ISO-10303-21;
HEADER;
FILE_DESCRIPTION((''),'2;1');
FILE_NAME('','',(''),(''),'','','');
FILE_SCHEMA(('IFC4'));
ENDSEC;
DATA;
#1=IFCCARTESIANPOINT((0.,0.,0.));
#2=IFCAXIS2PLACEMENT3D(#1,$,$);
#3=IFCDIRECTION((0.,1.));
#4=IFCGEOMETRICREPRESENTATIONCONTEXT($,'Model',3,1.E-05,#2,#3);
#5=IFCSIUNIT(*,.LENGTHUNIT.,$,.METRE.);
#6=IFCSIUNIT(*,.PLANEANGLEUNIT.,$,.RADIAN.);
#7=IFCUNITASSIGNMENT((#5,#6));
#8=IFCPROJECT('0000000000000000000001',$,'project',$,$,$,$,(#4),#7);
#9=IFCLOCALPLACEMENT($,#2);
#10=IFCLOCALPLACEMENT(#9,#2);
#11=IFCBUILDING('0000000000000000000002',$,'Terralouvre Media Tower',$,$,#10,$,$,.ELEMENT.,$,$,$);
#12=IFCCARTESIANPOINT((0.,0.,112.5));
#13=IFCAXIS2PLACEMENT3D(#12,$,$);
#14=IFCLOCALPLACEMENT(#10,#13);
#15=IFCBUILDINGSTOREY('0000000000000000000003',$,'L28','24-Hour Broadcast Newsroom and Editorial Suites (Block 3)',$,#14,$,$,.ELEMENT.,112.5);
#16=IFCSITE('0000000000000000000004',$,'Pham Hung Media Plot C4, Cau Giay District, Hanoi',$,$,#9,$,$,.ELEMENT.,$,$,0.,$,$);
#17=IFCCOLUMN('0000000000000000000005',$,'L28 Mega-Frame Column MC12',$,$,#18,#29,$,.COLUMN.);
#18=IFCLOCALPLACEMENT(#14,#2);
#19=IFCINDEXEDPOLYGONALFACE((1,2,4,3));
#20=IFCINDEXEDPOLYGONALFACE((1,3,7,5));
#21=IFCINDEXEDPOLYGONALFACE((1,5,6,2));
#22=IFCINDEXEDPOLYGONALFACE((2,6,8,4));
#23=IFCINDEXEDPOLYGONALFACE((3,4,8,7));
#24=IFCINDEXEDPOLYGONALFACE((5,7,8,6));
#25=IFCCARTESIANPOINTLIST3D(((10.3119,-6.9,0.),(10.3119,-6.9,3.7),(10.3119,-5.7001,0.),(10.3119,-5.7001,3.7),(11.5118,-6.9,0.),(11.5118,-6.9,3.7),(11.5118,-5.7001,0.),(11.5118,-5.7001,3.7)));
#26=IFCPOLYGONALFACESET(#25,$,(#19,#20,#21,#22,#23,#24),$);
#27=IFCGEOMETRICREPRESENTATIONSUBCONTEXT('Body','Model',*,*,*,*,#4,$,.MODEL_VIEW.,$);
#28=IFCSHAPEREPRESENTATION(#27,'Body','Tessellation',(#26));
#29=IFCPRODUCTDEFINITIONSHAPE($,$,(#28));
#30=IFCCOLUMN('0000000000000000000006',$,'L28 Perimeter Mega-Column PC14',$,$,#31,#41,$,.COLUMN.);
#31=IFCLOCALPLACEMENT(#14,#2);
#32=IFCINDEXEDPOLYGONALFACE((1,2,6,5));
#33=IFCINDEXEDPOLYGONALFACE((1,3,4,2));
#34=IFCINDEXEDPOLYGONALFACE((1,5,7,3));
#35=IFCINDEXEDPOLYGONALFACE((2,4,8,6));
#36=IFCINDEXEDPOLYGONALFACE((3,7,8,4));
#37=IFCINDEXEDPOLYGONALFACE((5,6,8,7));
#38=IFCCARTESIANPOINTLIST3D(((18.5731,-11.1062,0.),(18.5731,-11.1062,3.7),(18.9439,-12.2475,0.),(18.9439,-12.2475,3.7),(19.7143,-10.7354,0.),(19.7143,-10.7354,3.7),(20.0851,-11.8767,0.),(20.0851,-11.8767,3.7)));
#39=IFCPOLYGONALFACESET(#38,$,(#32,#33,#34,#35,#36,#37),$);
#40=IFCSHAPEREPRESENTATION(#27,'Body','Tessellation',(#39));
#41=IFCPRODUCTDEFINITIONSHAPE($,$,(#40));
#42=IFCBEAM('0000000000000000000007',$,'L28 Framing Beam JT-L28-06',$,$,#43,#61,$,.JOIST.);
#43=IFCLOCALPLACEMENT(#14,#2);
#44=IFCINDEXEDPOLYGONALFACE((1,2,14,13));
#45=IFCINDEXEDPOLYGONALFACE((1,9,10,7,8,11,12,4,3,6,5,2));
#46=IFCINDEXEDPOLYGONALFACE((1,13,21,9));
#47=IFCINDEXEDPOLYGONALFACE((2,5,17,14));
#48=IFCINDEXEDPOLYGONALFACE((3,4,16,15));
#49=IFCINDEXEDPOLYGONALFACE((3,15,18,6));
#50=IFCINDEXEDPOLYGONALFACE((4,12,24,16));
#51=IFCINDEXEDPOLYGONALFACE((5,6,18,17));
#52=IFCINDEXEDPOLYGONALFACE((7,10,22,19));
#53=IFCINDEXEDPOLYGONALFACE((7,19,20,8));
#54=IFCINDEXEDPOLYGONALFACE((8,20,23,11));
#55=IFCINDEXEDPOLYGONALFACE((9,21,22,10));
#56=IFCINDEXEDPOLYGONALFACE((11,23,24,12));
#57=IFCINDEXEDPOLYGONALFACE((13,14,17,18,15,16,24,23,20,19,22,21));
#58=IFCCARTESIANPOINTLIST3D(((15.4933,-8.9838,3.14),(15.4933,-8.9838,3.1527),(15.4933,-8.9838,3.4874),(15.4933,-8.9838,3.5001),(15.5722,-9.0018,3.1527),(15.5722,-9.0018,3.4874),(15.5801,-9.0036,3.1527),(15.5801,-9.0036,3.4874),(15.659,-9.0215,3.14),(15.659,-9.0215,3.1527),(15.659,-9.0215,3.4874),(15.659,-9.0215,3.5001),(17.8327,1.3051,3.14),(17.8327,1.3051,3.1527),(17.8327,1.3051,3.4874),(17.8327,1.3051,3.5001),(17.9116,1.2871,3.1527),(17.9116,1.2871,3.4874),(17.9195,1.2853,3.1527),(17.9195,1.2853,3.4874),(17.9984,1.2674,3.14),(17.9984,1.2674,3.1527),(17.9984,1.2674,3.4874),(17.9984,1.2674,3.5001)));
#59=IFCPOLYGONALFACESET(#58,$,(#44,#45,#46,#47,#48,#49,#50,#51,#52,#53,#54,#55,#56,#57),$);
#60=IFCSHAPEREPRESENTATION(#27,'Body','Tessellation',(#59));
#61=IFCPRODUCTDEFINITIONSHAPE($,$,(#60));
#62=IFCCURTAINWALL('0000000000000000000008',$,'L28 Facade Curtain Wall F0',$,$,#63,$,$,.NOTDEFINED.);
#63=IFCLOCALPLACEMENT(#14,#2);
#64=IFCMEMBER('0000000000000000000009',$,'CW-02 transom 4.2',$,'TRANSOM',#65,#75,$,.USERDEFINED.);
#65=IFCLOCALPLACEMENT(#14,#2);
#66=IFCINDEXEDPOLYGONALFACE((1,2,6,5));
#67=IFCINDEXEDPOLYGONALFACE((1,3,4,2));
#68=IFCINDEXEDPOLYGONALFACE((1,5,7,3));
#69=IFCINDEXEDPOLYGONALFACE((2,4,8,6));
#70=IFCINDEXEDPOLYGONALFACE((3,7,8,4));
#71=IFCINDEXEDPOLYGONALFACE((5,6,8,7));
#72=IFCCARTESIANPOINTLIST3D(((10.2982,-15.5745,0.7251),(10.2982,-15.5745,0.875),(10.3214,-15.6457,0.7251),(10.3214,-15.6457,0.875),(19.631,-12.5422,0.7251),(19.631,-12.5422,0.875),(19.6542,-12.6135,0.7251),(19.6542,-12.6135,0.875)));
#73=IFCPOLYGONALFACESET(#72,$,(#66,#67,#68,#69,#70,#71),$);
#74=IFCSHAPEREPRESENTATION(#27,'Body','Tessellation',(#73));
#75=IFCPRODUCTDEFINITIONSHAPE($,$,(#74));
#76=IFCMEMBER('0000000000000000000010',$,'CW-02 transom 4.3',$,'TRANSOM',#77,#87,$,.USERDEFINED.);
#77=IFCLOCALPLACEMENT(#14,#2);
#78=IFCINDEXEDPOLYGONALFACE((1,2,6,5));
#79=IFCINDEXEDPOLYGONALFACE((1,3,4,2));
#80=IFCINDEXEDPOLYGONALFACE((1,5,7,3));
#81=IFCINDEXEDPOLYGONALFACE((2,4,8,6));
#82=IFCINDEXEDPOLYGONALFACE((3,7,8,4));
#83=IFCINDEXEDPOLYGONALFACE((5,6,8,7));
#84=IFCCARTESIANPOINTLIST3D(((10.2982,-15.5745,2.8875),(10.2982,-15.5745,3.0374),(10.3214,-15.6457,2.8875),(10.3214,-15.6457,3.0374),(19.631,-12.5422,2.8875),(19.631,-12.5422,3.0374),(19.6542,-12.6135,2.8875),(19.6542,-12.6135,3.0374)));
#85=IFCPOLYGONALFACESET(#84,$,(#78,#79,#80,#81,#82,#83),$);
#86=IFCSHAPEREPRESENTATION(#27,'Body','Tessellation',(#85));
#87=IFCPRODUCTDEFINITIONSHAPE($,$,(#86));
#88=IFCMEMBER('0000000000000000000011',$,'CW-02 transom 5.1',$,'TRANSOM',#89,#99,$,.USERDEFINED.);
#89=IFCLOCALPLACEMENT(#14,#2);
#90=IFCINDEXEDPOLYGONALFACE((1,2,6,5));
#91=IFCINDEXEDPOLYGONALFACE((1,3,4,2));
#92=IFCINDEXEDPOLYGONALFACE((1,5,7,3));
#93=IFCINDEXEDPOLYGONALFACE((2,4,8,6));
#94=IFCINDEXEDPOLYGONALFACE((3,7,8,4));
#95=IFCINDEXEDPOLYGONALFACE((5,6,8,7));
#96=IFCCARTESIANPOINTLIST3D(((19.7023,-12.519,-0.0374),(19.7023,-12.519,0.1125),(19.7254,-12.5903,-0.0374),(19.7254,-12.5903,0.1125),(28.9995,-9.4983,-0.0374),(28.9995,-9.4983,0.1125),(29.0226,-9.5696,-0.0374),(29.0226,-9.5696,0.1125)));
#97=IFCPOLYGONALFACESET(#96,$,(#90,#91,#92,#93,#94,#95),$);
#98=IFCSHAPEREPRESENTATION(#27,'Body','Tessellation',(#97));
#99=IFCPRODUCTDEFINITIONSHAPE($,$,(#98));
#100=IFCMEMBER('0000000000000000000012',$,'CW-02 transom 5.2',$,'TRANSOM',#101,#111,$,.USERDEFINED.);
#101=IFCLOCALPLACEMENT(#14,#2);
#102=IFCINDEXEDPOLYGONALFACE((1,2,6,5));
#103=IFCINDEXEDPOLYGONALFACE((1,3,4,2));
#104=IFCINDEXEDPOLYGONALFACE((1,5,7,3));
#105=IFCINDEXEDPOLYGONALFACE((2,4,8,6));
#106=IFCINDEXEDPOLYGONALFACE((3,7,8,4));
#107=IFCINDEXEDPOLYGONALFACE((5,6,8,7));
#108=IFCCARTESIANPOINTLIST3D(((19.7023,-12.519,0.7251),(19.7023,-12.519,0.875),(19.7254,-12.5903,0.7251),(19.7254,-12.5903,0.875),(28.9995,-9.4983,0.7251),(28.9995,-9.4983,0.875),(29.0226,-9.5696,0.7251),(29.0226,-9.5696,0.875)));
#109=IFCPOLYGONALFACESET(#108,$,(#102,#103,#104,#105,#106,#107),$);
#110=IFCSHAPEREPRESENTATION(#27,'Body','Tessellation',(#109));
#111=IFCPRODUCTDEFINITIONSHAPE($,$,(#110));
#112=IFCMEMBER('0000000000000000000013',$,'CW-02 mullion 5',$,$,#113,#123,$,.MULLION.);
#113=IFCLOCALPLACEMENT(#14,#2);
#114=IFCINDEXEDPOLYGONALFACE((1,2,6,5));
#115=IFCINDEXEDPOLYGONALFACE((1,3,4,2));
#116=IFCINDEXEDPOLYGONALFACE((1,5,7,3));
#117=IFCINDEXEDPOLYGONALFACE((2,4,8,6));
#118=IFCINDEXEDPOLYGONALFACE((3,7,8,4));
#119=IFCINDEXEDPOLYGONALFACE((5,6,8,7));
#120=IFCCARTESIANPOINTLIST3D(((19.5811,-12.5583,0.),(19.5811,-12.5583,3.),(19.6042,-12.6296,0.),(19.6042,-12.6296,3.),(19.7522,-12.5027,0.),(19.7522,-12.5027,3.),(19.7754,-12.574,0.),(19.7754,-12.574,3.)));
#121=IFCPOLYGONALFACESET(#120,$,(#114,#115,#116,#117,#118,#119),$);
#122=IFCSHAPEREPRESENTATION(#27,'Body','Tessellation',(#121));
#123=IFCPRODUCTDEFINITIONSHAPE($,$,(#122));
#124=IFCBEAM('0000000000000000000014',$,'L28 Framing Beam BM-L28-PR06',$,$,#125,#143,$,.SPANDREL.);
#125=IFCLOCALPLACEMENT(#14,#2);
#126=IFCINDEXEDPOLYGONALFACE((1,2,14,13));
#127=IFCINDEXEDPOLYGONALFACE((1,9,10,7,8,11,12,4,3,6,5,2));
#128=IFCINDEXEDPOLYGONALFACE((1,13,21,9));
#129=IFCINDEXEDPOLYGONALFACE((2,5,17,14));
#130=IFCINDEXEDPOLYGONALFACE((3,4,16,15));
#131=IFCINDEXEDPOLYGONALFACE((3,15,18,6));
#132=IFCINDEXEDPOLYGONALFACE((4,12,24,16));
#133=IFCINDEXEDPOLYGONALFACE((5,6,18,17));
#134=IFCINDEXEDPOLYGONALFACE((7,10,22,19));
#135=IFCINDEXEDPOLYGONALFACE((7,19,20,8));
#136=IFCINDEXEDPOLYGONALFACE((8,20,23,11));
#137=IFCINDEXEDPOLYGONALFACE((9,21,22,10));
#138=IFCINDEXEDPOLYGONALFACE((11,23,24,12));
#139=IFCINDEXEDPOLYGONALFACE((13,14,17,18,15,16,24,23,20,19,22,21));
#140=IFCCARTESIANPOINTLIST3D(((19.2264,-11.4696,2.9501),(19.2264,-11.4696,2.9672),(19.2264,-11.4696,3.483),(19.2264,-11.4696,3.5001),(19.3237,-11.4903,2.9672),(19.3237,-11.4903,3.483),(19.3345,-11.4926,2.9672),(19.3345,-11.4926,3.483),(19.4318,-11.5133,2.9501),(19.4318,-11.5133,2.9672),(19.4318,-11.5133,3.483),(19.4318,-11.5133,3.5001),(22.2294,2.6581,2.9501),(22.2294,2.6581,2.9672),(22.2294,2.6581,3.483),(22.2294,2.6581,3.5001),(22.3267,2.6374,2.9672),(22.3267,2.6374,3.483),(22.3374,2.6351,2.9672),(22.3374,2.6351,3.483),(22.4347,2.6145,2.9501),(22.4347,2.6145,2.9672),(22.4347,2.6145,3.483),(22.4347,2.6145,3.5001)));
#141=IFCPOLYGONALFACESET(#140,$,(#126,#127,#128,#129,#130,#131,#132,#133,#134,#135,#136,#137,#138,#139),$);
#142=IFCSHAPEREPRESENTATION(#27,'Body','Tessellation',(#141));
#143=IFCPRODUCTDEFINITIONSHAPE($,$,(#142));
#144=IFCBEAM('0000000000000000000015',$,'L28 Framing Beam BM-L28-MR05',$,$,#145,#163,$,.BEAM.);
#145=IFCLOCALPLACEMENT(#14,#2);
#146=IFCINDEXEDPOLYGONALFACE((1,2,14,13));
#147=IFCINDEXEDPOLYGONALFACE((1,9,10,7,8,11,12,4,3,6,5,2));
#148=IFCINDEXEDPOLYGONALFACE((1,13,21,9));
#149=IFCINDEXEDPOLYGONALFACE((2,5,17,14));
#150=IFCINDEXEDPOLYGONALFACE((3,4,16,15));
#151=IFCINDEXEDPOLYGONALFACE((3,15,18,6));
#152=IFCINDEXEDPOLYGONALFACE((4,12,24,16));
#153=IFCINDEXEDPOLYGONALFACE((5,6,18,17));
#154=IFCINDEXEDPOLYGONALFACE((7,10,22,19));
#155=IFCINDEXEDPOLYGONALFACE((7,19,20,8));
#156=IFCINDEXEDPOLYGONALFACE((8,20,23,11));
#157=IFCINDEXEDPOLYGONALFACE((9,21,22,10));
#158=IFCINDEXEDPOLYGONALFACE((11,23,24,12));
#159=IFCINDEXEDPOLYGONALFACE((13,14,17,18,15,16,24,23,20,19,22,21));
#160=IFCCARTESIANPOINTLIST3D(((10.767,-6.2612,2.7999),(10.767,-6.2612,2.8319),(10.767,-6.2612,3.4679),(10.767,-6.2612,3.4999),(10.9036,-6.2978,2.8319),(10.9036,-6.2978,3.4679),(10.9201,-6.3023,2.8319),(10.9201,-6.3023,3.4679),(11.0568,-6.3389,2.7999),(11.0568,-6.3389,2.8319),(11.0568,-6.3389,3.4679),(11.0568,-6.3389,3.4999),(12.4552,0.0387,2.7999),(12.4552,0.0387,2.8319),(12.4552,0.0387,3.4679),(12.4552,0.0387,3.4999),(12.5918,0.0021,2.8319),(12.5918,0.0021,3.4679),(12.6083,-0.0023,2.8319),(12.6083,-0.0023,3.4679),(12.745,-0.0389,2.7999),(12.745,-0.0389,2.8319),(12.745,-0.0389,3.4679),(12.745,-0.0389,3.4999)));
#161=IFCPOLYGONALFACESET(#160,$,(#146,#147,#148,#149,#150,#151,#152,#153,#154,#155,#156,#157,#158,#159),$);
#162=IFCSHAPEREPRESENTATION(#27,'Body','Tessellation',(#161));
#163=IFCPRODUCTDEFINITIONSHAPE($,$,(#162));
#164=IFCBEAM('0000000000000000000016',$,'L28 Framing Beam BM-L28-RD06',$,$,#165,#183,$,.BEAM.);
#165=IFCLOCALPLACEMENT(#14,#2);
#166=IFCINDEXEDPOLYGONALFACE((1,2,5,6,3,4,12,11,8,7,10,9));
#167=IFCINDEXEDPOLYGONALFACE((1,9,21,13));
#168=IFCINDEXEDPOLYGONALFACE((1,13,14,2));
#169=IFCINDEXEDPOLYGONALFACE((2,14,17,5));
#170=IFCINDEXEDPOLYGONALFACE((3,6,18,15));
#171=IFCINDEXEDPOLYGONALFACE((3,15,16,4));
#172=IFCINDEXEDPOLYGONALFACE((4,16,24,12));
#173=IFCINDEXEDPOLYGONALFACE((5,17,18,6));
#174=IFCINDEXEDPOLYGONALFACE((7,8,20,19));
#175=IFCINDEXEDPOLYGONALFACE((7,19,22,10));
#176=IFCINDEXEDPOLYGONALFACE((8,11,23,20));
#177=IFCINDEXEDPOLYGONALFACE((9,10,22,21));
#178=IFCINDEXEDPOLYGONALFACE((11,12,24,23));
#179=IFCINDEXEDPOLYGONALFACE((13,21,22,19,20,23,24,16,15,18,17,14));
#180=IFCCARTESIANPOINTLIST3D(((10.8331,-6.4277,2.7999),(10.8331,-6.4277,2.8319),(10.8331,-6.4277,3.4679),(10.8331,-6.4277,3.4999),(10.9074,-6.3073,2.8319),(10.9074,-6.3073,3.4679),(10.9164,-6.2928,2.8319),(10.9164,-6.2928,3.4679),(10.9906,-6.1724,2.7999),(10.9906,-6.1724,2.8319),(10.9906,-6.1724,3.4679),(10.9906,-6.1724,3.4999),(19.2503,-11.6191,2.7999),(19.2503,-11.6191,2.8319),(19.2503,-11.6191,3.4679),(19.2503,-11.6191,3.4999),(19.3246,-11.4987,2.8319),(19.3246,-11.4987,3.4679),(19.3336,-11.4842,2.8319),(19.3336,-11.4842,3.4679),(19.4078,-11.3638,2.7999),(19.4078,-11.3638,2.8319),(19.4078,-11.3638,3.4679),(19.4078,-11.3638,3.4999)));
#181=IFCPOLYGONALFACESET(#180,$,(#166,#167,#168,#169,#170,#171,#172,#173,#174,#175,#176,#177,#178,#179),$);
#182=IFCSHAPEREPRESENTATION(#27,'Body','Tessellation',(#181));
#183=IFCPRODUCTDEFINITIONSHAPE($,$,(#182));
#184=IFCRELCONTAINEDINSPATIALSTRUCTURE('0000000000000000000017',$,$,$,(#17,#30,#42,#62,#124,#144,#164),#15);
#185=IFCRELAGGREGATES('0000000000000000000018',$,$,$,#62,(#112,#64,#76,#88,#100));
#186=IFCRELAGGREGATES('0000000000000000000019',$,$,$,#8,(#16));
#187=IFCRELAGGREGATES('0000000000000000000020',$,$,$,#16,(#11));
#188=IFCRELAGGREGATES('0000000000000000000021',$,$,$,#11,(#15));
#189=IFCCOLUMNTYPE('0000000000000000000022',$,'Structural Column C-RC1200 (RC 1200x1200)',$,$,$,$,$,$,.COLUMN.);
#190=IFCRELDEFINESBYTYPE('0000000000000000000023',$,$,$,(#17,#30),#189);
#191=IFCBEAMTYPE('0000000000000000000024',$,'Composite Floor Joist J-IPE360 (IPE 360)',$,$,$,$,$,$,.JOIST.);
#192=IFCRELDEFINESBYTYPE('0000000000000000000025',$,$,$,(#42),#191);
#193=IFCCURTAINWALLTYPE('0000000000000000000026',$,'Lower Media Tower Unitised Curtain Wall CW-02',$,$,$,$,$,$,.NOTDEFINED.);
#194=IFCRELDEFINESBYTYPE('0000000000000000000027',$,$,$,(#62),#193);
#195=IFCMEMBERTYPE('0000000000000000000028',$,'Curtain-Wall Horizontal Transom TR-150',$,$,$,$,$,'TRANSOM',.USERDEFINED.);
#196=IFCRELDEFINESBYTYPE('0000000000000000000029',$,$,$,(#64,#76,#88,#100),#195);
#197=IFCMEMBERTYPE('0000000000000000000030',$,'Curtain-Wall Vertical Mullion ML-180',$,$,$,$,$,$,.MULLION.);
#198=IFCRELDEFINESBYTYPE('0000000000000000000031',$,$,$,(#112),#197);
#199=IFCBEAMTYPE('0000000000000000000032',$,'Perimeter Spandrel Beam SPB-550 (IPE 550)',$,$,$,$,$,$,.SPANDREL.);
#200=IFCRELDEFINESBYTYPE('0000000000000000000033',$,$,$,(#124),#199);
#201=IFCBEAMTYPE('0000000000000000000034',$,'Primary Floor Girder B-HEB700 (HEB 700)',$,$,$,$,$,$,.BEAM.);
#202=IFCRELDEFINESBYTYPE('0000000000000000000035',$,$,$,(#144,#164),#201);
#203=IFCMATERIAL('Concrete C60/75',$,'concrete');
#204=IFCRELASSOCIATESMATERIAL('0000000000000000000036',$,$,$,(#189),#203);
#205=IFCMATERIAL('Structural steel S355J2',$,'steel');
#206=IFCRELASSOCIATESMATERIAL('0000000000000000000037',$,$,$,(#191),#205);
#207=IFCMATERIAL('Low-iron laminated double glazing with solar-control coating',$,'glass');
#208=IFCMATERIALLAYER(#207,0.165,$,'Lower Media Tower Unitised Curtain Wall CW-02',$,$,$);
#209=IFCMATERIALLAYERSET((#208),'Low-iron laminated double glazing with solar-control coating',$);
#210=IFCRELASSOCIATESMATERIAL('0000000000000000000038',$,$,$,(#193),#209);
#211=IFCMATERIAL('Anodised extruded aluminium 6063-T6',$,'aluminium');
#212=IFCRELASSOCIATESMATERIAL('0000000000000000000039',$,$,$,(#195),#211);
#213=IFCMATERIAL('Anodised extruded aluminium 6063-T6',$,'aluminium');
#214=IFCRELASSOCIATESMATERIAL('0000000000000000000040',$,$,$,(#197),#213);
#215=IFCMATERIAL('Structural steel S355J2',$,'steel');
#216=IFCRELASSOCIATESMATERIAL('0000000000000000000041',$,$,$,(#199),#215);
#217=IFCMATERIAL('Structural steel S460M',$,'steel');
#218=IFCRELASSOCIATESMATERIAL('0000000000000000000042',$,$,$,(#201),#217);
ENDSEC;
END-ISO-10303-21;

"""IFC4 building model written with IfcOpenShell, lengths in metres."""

from ifc_helpers import new_model, si_unit, direction, frame, origin, origin_2d, place, context, subcontext, project, spatial, rectangle, i_section, extrude, material, layer, layer_set, material_profile, profile_set, type_object, element, aggregate, save


model = new_model("IFC4")

# Units and contexts
model_context = context("Model", 3, precision=1e-05, world=origin(), true_north=direction((0.0, 1.0)))
body_context = subcontext(model_context, "Body", "Model", "MODEL_VIEW")
ifc_project = project(units=[si_unit("LENGTHUNIT", "METRE"), si_unit("PLANEANGLEUNIT", "RADIAN")], contexts=[model_context])

# Site, building, storey
site_placement = place(None, origin())
site = spatial("IfcSite", under=ifc_project, at=site_placement, Name="Pham Hung Media Plot C4, Cau Giay District, Hanoi", CompositionType="ELEMENT", RefElevation=0.0)
building_placement = place(site_placement, origin())
building = spatial("IfcBuilding", under=site, at=building_placement, Name="Terralouvre Media Tower", CompositionType="ELEMENT")
storey_placement = place(building_placement, frame((0.0, 0.0, 112.5)))
storey = spatial("IfcBuildingStorey", under=building, at=storey_placement, Name="L28", Description="24-Hour Broadcast Newsroom and Editorial Suites (Block 3)", CompositionType="ELEMENT", Elevation=112.5)

# Columns
ifc_material_1 = material(Name="Concrete C60/75", Category="concrete")
ifc_material_profile_1 = material_profile(ifc_material_1, rectangle(XDim=1.2, YDim=1.2, at=origin_2d()), Name="RC 1200x1200")
ifc_profile_set_1 = profile_set([ifc_material_profile_1], Name="Concrete C60/75")
column_type = type_object("IfcColumnType", Name="Structural Column C-RC1200 (RC 1200x1200)", PredefinedType="COLUMN", material=ifc_profile_set_1)
for number, where, z_axis, x_axis, name in (
    (1, (10.9119, -6.3, 0.0), (0.0, 0.0, 1.0), (1.0, 0.0, 0.0), "L28 Mega-Frame Column MC12"),
    (2, (19.3291, -11.4915, 0.0), (0.0, 0.0, 1.0), (0.951057, 0.309017, 0.0), "L28 Perimeter Mega-Column PC14"),
):
    element("IfcColumn", number, at=place(storey_placement, frame(where, z_axis=z_axis, x_axis=x_axis)), inside=storey, type_object=column_type, Name=name, PredefinedType="COLUMN", context=body_context, shape_type="SweptSolid", body=[
        extrude(rectangle(XDim=1.2, YDim=1.2, at=origin_2d()), origin(), (0.0, 0.0, 1.0), 3.7),
    ])

# Beam
ifc_material_2 = material(Name="Structural steel S355J2", Category="steel")
ifc_material_profile_2 = material_profile(ifc_material_2, i_section(OverallWidth=0.1699, OverallDepth=0.3601, WebThickness=0.0081, FlangeThickness=0.0127, at=origin_2d()), Name="IPE 360")
ifc_profile_set_2 = profile_set([ifc_material_profile_2], Name="Structural steel S355J2")
beam_type_1 = type_object("IfcBeamType", Name="Composite Floor Joist J-IPE360 (IPE 360)", PredefinedType="JOIST", material=ifc_profile_set_2)
beam_1_placement = place(storey_placement, frame((15.5762, -9.0027, 3.3201), z_axis=(0.22171, 0.975113, 0.0), x_axis=(-0.975113, 0.22171, 0.0)))
element("IfcBeam", 3, at=beam_1_placement, inside=storey, type_object=beam_type_1, Name="L28 Framing Beam JT-L28-06", PredefinedType="JOIST", context=body_context, shape_type="SweptSolid", body=[
    extrude(i_section(OverallWidth=0.1699, OverallDepth=0.3601, WebThickness=0.0081, FlangeThickness=0.0127, at=origin_2d()), origin(), (0.0, 0.0, 1.0), 10.5515),
])

# Curtain wall, members
ifc_material_3 = material(Name="Low-iron laminated double glazing with solar-control coating", Category="glass")
ifc_layer_1 = layer(ifc_material_3, 0.165, Name="Lower Media Tower Unitised Curtain Wall CW-02")
ifc_layer_set_1 = layer_set([ifc_layer_1], Name="Low-iron laminated double glazing with solar-control coating")
curtain_wall_type = type_object("IfcCurtainWallType", Name="Lower Media Tower Unitised Curtain Wall CW-02", PredefinedType="NOTDEFINED", material=ifc_layer_set_1)
curtain_wall_placement = place(storey_placement, origin())
curtain_wall = element("IfcCurtainWall", 4, at=curtain_wall_placement, inside=storey, type_object=curtain_wall_type, Name="L28 Facade Curtain Wall F0", PredefinedType="NOTDEFINED")
ifc_material_4 = material(Name="Anodised extruded aluminium 6063-T6", Category="aluminium")
ifc_material_profile_3 = material_profile(ifc_material_4, rectangle(XDim=0.075, YDim=0.1499, at=origin_2d()), Name="ALU 75x150")
ifc_profile_set_3 = profile_set([ifc_material_profile_3], Name="Anodised extruded aluminium 6063-T6")
member_type_1 = type_object("IfcMemberType", Name="Curtain-Wall Horizontal Transom TR-150", ElementType="TRANSOM", PredefinedType="USERDEFINED", material=ifc_profile_set_3)
member_1_placement = place(storey_placement, frame((10.3098, -15.6101, 0.8), z_axis=(0.951062, 0.309001, 0.0), x_axis=(-0.309001, 0.951062, 0.0)))
member_1 = element("IfcMember", 5, at=member_1_placement, type_object=member_type_1, Name="CW-02 transom 4.2", ObjectType="TRANSOM", PredefinedType="USERDEFINED", context=body_context, shape_type="SweptSolid", body=[
    extrude(rectangle(XDim=0.075, YDim=0.1499, at=origin_2d()), origin(), (0.0, 0.0, 1.0), 9.813),
])
member_2_placement = place(storey_placement, frame((10.3098, -15.6101, 2.9624), z_axis=(0.951062, 0.309001, 0.0), x_axis=(-0.309001, 0.951062, 0.0)))
member_2 = element("IfcMember", 6, at=member_2_placement, type_object=member_type_1, Name="CW-02 transom 4.3", ObjectType="TRANSOM", PredefinedType="USERDEFINED", context=body_context, shape_type="SweptSolid", body=[
    extrude(rectangle(XDim=0.075, YDim=0.1499, at=origin_2d()), origin(), (0.0, 0.0, 1.0), 9.813),
])
member_3_placement = place(storey_placement, frame((19.7139, -12.5547, 0.0376), z_axis=(0.951058, 0.309011, 0.0), x_axis=(-0.309011, 0.951058, 0.0)))
member_3 = element("IfcMember", 7, at=member_3_placement, type_object=member_type_1, Name="CW-02 transom 5.1", ObjectType="TRANSOM", PredefinedType="USERDEFINED", context=body_context, shape_type="SweptSolid", body=[
    extrude(rectangle(XDim=0.075, YDim=0.1499, at=origin_2d()), origin(), (0.0, 0.0, 1.0), 9.7756),
])
member_4_placement = place(storey_placement, frame((19.7139, -12.5547, 0.8), z_axis=(0.951058, 0.309011, 0.0), x_axis=(-0.309011, 0.951058, 0.0)))
member_4 = element("IfcMember", 8, at=member_4_placement, type_object=member_type_1, Name="CW-02 transom 5.2", ObjectType="TRANSOM", PredefinedType="USERDEFINED", context=body_context, shape_type="SweptSolid", body=[
    extrude(rectangle(XDim=0.075, YDim=0.1499, at=origin_2d()), origin(), (0.0, 0.0, 1.0), 9.7756),
])
ifc_material_5 = material(Name="Anodised extruded aluminium 6063-T6", Category="aluminium")
ifc_material_profile_4 = material_profile(ifc_material_5, rectangle(XDim=0.075, YDim=0.1799, at=origin_2d()), Name="ALU 75x180")
ifc_profile_set_4 = profile_set([ifc_material_profile_4], Name="Anodised extruded aluminium 6063-T6")
member_type_2 = type_object("IfcMemberType", Name="Curtain-Wall Vertical Mullion ML-180", PredefinedType="MULLION", material=ifc_profile_set_4)
member_5_placement = place(storey_placement, frame((19.6782, -12.5662, 0.0), z_axis=(0.0, 0.0, 1.0), x_axis=(-0.309017, 0.951057, 0.0)))
member_5 = element("IfcMember", 9, at=member_5_placement, type_object=member_type_2, Name="CW-02 mullion 5", PredefinedType="MULLION", context=body_context, shape_type="SweptSolid", body=[
    extrude(rectangle(XDim=0.075, YDim=0.1799, at=origin_2d()), origin(), (0.0, 0.0, 1.0), 3.0),
])

# Beams
ifc_material_6 = material(Name="Structural steel S355J2", Category="steel")
ifc_material_profile_5 = material_profile(ifc_material_6, i_section(OverallWidth=0.21, OverallDepth=0.55, WebThickness=0.011, FlangeThickness=0.0171, at=origin_2d()), Name="IPE 550")
ifc_profile_set_5 = profile_set([ifc_material_profile_5], Name="Structural steel S355J2")
beam_type_2 = type_object("IfcBeamType", Name="Perimeter Spandrel Beam SPB-550 (IPE 550)", PredefinedType="SPANDREL", material=ifc_profile_set_5)
beam_2_placement = place(storey_placement, frame((19.3291, -11.4915, 3.2251), z_axis=(0.207912, 0.978148, 0.0), x_axis=(-0.978148, 0.207912, 0.0)))
element("IfcBeam", 10, at=beam_2_placement, inside=storey, type_object=beam_type_2, Name="L28 Framing Beam BM-L28-PR06", PredefinedType="SPANDREL", context=body_context, shape_type="SweptSolid", body=[
    extrude(i_section(OverallWidth=0.21, OverallDepth=0.55, WebThickness=0.011, FlangeThickness=0.0171, at=origin_2d()), origin(), (0.0, 0.0, 1.0), 14.4434),
])
ifc_material_7 = material(Name="Structural steel S460M", Category="steel")
ifc_material_profile_6 = material_profile(ifc_material_7, i_section(OverallWidth=0.3, OverallDepth=0.7, WebThickness=0.0171, FlangeThickness=0.032, at=origin_2d()), Name="HEB 700")
ifc_profile_set_6 = profile_set([ifc_material_profile_6], Name="Structural steel S460M")
beam_type_3 = type_object("IfcBeamType", Name="Primary Floor Girder B-HEB700 (HEB 700)", PredefinedType="BEAM", material=ifc_profile_set_6)
beam_3_placement = place(storey_placement, frame((10.9119, -6.3, 3.1499), z_axis=(0.258839, 0.96592, 0.0), x_axis=(-0.96592, 0.258839, 0.0)))
element("IfcBeam", 11, at=beam_3_placement, inside=storey, type_object=beam_type_3, Name="L28 Framing Beam BM-L28-MR05", PredefinedType="BEAM", context=body_context, shape_type="SweptSolid", body=[
    extrude(i_section(OverallWidth=0.3, OverallDepth=0.7, WebThickness=0.0171, FlangeThickness=0.032, at=origin_2d()), origin(), (0.0, 0.0, 1.0), 6.5222),
])
beam_4_placement = place(storey_placement, frame((10.9119, -6.3, 3.1499), z_axis=(0.851136, -0.524946, 0.0), x_axis=(0.524946, 0.851136, 0.0)))
element("IfcBeam", 12, at=beam_4_placement, inside=storey, type_object=beam_type_3, Name="L28 Framing Beam BM-L28-RD06", PredefinedType="BEAM", context=body_context, shape_type="SweptSolid", body=[
    extrude(i_section(OverallWidth=0.3, OverallDepth=0.7, WebThickness=0.0171, FlangeThickness=0.032, at=origin_2d()), origin(), (0.0, 0.0, 1.0), 9.8894),
])

aggregate(curtain_wall, [member_5, member_1, member_2, member_3, member_4])

save(model, "model.ifc")
